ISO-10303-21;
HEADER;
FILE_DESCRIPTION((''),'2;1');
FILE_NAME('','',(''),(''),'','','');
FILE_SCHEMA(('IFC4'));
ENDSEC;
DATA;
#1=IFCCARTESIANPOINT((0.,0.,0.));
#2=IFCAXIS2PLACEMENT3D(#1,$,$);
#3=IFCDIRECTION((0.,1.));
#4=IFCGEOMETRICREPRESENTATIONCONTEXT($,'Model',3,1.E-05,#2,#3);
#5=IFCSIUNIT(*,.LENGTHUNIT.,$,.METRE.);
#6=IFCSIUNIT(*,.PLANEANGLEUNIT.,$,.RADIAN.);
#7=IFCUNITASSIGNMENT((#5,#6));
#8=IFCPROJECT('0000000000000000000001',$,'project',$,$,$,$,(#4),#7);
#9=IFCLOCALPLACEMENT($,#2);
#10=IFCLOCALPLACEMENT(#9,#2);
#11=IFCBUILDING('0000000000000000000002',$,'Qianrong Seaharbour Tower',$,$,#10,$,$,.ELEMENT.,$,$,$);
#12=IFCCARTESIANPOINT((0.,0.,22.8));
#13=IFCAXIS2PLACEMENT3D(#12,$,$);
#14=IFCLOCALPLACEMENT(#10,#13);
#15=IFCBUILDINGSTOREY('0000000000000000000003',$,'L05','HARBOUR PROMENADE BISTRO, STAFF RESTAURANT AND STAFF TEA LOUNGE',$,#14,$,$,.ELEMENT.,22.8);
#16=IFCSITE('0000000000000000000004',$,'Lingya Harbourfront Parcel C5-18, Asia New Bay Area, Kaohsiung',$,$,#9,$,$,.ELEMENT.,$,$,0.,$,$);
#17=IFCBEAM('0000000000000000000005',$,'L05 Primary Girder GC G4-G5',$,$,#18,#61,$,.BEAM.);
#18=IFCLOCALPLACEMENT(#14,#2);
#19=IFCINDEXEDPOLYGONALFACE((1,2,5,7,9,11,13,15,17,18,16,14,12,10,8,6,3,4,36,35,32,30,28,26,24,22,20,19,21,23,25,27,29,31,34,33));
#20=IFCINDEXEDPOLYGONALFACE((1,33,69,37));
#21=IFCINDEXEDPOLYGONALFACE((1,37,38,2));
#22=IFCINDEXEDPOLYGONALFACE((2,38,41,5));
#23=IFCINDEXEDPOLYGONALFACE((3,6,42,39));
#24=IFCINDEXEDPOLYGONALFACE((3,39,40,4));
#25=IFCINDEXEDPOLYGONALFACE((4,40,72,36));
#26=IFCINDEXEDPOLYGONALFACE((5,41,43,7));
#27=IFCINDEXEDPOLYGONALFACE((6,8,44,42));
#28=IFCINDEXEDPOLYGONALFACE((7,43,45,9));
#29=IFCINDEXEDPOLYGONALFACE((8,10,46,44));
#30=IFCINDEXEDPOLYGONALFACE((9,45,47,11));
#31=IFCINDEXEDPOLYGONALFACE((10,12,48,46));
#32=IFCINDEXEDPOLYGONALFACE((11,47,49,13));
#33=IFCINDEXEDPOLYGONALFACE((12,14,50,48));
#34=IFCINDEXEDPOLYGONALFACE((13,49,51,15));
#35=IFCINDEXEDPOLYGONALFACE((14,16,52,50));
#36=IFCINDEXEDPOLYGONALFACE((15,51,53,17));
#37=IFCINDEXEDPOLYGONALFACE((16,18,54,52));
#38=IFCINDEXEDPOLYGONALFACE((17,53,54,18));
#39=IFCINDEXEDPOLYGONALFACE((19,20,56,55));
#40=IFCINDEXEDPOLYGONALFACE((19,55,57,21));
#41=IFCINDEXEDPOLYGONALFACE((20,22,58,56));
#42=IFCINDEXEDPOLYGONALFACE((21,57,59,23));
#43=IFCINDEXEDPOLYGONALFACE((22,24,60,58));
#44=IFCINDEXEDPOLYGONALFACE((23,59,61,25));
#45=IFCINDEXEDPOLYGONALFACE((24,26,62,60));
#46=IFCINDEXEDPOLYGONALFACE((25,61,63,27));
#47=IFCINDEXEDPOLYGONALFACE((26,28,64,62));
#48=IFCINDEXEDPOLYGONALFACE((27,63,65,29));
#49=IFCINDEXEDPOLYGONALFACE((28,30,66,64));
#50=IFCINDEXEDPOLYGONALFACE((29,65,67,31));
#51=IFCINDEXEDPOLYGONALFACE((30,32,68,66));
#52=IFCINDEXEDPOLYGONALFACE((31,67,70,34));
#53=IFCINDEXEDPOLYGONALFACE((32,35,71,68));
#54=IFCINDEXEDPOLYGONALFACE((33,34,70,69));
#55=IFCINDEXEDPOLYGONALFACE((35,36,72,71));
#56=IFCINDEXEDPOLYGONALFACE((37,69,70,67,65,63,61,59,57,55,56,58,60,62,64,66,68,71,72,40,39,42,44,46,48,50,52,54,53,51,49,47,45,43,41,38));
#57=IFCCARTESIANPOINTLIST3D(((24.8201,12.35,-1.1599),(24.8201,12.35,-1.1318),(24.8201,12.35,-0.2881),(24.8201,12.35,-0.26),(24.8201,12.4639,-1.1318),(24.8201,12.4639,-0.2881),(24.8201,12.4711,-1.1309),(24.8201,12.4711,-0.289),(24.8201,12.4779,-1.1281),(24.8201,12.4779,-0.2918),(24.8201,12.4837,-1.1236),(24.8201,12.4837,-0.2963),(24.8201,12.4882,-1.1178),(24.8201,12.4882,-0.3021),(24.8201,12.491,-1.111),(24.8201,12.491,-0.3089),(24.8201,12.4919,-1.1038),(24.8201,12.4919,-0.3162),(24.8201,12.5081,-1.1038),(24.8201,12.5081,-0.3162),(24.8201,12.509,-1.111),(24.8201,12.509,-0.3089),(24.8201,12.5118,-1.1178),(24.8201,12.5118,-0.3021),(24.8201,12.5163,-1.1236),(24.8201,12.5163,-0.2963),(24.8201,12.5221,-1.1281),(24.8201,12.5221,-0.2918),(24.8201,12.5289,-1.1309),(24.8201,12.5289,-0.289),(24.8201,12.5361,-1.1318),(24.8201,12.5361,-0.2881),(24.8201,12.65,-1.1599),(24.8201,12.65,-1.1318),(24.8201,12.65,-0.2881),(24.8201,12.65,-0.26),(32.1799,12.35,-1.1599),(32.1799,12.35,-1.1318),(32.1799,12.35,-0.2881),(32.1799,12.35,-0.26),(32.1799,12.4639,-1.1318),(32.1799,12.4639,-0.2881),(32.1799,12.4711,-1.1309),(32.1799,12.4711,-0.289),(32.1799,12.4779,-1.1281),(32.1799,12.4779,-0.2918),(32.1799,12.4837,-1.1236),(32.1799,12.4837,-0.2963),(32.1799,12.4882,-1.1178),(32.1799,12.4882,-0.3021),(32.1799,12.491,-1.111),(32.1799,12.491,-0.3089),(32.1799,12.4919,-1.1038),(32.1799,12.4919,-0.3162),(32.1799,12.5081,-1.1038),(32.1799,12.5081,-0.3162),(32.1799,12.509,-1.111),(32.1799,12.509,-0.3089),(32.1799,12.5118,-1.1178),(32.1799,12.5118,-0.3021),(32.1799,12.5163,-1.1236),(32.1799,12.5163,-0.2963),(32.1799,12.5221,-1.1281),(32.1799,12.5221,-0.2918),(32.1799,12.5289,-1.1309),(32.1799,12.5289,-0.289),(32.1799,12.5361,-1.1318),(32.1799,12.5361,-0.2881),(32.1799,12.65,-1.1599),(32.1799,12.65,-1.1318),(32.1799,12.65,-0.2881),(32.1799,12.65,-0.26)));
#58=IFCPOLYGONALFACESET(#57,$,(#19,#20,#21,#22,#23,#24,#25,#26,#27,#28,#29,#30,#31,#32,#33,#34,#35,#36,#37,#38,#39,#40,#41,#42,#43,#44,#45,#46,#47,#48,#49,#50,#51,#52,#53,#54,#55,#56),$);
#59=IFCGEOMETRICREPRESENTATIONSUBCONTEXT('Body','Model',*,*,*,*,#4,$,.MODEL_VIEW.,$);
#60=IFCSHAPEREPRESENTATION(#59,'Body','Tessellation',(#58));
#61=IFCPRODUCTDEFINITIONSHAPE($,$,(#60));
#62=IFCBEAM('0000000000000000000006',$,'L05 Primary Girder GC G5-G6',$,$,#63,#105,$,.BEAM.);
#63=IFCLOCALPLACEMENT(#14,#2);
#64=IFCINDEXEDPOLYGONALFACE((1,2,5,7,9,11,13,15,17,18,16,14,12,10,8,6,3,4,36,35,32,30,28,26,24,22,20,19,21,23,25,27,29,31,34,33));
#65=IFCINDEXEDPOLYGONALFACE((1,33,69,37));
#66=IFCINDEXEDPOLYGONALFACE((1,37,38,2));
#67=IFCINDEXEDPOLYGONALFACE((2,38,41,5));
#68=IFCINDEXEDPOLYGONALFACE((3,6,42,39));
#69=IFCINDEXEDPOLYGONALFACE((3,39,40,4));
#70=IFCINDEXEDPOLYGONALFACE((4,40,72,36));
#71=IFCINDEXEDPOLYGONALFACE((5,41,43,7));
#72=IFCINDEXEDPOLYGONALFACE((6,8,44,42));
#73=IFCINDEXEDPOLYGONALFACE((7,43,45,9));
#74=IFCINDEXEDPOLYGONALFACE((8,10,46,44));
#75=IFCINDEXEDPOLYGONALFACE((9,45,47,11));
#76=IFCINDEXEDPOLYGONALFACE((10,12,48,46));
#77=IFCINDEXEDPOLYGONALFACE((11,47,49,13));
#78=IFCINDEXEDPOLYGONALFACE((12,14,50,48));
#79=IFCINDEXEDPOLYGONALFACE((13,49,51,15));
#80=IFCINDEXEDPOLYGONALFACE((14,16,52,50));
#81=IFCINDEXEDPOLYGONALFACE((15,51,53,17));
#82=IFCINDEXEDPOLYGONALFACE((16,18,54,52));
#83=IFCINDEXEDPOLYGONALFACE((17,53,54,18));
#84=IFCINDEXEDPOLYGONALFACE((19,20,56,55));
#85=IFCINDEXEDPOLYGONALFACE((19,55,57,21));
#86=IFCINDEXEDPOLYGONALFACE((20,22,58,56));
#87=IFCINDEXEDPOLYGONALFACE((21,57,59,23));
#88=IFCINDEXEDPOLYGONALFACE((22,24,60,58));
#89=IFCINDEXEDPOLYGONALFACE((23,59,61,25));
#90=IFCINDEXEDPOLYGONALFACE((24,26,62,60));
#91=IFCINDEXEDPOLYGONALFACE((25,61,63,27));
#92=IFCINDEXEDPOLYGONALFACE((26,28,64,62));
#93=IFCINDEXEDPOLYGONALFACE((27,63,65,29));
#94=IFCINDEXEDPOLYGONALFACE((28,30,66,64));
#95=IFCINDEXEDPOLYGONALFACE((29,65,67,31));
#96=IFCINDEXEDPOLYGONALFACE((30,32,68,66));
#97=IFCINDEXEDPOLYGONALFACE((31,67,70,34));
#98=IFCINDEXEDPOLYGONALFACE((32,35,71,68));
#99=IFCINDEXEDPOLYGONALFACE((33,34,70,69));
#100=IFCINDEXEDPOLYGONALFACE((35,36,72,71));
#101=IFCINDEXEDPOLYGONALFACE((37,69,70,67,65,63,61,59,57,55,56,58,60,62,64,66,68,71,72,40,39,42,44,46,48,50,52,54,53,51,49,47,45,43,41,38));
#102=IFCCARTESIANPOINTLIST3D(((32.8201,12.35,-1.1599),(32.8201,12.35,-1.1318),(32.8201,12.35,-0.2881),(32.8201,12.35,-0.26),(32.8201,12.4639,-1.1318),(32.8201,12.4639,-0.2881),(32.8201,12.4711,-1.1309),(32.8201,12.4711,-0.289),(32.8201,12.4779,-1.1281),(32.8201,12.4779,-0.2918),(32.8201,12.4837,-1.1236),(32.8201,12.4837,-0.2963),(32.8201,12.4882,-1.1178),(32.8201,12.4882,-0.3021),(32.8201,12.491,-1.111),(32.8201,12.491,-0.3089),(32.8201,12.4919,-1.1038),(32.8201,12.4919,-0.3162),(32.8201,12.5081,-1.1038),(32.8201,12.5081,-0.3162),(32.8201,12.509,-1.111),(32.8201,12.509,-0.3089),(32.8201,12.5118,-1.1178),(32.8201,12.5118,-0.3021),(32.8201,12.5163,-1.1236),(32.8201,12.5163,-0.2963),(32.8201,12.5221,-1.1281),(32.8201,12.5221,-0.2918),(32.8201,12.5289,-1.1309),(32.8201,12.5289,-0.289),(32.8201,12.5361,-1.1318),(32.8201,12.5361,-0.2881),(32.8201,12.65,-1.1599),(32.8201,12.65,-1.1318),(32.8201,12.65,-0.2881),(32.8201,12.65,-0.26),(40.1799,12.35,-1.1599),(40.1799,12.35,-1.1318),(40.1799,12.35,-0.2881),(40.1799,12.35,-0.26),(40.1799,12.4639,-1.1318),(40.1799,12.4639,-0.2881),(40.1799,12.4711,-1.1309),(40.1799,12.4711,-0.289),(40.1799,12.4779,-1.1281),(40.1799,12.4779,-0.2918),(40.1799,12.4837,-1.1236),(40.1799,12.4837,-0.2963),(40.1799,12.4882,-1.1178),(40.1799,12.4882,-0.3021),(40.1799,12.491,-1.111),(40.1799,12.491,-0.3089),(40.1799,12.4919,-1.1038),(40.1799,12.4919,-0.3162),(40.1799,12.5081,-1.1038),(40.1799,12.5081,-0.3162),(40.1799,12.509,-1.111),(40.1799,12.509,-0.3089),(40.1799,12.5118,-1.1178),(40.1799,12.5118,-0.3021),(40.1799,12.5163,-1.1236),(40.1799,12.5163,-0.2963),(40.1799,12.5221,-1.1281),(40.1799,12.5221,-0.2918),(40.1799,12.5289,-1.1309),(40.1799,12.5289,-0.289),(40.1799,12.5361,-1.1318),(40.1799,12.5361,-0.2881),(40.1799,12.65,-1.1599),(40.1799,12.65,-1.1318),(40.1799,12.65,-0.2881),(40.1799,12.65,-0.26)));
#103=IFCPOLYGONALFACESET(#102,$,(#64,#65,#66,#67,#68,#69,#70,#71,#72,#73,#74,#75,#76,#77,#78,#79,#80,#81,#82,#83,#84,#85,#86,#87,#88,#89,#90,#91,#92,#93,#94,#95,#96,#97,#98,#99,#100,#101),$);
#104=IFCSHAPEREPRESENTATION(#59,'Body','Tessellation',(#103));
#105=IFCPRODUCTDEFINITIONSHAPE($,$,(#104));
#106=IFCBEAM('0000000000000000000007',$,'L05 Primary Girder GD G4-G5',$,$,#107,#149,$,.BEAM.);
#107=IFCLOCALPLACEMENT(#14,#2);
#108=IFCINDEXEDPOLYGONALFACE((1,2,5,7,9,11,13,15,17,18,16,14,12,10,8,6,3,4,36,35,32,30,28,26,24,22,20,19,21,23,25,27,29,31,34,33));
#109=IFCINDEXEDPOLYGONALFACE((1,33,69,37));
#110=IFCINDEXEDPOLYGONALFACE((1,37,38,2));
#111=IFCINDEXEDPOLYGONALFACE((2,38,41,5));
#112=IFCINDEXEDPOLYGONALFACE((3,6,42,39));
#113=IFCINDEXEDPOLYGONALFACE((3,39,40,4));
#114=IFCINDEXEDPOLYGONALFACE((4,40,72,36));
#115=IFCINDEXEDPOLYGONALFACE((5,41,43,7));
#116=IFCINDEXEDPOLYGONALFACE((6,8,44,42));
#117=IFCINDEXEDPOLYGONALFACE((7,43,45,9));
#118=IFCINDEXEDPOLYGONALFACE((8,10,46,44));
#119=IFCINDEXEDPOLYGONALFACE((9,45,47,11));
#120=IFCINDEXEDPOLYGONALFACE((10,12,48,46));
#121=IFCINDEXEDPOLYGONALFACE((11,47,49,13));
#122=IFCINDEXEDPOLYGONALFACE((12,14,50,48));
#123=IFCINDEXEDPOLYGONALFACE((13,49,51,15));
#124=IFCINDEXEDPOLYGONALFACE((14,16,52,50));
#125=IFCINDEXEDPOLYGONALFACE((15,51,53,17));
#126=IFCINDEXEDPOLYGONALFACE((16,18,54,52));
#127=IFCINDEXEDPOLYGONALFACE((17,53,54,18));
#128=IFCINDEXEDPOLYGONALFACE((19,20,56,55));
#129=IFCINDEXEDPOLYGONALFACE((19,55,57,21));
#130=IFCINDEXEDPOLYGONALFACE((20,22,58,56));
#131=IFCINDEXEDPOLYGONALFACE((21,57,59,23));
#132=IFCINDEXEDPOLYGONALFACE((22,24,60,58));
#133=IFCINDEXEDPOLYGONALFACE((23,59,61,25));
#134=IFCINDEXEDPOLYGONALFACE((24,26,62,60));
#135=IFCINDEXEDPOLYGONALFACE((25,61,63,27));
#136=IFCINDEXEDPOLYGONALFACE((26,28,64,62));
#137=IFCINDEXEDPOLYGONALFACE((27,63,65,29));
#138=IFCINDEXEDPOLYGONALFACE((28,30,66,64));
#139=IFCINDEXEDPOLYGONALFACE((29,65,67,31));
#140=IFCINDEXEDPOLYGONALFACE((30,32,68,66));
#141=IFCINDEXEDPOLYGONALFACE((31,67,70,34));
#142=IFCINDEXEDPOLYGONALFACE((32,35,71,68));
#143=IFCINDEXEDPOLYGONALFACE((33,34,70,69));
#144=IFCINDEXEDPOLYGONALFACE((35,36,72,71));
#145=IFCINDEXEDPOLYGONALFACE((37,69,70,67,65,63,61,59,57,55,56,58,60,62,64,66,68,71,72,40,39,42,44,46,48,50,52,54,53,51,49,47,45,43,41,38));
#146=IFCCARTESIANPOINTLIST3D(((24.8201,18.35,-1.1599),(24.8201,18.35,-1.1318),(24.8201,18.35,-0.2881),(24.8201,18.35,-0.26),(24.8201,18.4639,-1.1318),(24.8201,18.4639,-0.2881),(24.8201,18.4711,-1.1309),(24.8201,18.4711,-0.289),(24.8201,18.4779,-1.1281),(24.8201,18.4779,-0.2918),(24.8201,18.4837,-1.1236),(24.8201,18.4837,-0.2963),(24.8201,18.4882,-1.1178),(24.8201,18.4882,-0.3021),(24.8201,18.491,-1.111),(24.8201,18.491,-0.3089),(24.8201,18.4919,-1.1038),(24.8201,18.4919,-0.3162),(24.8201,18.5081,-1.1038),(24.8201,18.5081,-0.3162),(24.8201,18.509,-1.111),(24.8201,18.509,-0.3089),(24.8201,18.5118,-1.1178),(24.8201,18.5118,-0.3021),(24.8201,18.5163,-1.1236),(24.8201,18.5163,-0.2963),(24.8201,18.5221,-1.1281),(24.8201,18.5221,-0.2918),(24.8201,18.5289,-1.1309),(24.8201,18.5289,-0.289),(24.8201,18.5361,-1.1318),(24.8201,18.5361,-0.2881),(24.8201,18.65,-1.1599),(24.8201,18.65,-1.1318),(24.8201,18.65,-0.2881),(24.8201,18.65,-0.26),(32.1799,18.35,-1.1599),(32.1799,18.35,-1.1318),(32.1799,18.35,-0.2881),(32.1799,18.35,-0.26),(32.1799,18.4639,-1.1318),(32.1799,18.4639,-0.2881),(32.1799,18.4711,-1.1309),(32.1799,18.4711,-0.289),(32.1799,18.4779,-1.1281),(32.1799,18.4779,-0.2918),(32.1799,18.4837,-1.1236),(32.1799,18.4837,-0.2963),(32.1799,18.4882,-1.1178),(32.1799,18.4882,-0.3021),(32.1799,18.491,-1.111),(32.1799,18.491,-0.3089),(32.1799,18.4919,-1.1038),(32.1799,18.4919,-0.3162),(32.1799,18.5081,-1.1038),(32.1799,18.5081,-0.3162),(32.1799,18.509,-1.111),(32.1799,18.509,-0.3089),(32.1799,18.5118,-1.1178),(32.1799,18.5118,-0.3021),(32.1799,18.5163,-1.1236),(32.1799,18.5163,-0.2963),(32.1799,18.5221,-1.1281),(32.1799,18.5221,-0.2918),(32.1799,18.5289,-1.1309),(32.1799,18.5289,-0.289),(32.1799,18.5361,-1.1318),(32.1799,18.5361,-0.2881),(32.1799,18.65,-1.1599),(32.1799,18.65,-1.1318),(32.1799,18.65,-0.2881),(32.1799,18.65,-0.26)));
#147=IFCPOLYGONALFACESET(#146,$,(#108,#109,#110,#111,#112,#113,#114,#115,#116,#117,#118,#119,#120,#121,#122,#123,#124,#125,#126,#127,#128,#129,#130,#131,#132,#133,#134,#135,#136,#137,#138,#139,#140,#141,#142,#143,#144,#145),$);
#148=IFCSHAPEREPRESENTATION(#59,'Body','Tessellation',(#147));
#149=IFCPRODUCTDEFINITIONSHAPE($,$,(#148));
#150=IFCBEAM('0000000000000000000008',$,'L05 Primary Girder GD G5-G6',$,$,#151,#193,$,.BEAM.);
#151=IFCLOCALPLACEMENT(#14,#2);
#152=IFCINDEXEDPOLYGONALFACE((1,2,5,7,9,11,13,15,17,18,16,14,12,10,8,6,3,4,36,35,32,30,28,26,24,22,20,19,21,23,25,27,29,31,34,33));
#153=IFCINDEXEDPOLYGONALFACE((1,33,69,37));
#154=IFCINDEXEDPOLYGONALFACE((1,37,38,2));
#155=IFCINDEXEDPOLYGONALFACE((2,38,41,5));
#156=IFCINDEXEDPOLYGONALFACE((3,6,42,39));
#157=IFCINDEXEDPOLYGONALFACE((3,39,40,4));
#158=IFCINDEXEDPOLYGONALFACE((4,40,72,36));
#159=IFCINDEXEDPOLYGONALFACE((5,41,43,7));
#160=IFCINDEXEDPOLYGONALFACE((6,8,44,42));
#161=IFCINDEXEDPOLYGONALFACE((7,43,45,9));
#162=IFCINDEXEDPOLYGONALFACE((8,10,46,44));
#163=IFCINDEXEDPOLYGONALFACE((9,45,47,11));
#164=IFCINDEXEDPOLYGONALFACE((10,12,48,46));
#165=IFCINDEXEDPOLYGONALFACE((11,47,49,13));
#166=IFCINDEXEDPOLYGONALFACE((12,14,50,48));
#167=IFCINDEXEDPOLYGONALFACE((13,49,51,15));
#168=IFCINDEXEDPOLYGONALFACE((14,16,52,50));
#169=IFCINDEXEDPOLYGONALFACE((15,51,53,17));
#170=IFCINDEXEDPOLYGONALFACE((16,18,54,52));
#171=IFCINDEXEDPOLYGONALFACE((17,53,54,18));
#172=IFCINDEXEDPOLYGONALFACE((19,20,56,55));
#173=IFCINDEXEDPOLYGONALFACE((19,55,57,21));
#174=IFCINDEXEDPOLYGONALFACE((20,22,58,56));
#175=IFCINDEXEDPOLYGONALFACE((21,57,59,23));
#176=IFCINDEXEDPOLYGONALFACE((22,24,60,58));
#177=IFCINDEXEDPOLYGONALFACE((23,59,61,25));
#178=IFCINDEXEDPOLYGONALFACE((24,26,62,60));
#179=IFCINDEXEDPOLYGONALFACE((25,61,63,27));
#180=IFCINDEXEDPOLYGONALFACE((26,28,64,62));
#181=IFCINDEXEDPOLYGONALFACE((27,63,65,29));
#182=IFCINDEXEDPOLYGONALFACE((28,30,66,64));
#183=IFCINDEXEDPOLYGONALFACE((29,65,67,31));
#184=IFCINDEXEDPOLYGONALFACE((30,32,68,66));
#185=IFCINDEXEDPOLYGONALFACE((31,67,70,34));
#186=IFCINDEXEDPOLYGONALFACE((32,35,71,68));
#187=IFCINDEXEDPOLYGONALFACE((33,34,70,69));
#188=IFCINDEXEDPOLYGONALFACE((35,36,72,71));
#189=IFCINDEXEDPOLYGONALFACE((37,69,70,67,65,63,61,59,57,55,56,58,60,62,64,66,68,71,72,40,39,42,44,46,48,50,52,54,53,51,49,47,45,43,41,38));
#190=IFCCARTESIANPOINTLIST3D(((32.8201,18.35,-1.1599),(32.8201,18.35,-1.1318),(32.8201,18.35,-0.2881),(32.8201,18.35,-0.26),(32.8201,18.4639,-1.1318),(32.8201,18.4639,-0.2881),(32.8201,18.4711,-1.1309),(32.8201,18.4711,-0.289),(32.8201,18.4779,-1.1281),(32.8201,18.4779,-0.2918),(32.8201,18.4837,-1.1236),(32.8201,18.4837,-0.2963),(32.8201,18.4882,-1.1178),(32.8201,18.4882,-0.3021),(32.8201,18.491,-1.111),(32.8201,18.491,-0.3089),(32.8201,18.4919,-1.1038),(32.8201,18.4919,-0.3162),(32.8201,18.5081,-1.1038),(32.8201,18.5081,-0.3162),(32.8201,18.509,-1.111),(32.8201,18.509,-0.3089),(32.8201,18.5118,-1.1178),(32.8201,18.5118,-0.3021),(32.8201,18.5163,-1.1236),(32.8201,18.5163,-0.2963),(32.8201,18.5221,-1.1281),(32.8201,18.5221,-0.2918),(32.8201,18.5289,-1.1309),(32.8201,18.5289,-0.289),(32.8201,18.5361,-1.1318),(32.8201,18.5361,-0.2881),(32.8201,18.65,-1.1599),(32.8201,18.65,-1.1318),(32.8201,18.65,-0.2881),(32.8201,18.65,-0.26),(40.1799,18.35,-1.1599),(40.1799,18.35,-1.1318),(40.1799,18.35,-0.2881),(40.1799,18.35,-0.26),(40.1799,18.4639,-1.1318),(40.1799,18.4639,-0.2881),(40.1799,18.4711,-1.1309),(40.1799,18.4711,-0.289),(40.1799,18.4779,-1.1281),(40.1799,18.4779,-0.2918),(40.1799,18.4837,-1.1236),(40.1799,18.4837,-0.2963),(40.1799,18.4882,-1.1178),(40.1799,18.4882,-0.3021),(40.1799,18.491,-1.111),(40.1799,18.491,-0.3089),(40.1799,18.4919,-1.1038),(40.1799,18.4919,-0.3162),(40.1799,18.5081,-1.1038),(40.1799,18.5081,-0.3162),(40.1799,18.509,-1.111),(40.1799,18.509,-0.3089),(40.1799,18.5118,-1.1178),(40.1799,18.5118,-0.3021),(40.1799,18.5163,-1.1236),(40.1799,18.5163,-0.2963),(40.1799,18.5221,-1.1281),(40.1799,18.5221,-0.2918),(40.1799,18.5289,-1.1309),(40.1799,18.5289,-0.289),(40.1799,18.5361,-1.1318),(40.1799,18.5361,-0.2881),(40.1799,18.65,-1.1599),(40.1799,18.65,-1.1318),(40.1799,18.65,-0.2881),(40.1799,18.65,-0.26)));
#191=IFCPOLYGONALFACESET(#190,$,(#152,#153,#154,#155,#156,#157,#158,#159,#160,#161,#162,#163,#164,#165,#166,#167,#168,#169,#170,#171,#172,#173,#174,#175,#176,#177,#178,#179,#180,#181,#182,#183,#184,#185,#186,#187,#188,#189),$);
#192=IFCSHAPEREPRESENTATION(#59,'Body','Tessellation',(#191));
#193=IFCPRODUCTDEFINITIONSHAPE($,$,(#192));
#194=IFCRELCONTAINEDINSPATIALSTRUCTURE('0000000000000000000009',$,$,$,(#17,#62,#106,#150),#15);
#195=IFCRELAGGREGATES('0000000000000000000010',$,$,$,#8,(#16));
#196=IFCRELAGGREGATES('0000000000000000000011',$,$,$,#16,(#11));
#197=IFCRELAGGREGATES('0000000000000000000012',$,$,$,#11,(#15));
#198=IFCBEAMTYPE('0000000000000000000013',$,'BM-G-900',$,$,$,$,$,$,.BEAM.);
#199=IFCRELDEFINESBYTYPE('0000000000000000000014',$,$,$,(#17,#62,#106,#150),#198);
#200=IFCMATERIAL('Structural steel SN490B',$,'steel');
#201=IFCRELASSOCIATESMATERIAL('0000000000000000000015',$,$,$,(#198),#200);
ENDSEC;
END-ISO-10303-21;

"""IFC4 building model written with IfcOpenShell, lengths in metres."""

from ifc_helpers import new_model, si_unit, direction, frame, origin, origin_2d, place, context, subcontext, project, spatial, i_section, extrude, material, material_profile, profile_set, type_object, element, save


model = new_model("IFC4")

# Units and contexts
model_context = context("Model", 3, precision=1e-05, world=origin(), true_north=direction((0.0, 1.0)))
body_context = subcontext(model_context, "Body", "Model", "MODEL_VIEW")
ifc_project = project(units=[si_unit("LENGTHUNIT", "METRE"), si_unit("PLANEANGLEUNIT", "RADIAN")], contexts=[model_context])

# Site, building, storey
site_placement = place(None, origin())
site = spatial("IfcSite", under=ifc_project, at=site_placement, Name="Lingya Harbourfront Parcel C5-18, Asia New Bay Area, Kaohsiung", CompositionType="ELEMENT", RefElevation=0.0)
building_placement = place(site_placement, origin())
building = spatial("IfcBuilding", under=site, at=building_placement, Name="Qianrong Seaharbour Tower", CompositionType="ELEMENT")
storey_placement = place(building_placement, frame((0.0, 0.0, 22.8)))
storey = spatial("IfcBuildingStorey", under=building, at=storey_placement, Name="L05", Description="HARBOUR PROMENADE BISTRO, STAFF RESTAURANT AND STAFF TEA LOUNGE", CompositionType="ELEMENT", Elevation=22.8)

# Shared definitions
ifc_material_1 = material(Name="Structural steel SN490B", Category="steel")

# Beams
ifc_material_profile_1 = material_profile(ifc_material_1, i_section(OverallWidth=0.3, OverallDepth=0.8999, WebThickness=0.0161, FlangeThickness=0.0281, FilletRadius=0.0281, at=origin_2d()), Name="H900x300x16x28")
ifc_profile_set_1 = profile_set([ifc_material_profile_1], Name="Structural steel SN490B")
beam_type_1 = type_object("IfcBeamType", Name="BM-G-900", PredefinedType="BEAM", material=ifc_profile_set_1)
for number, where, z_axis, x_axis, name in (
    (1, (24.8201, 12.5, -0.71), (1.0, 0.0, 0.0), (0.0, 1.0, 0.0), "L05 Primary Girder GC G4-G5"),
    (2, (32.8201, 12.5, -0.71), (1.0, 0.0, 0.0), (0.0, 1.0, 0.0), "L05 Primary Girder GC G5-G6"),
    (3, (24.8201, 18.5, -0.71), (1.0, 0.0, 0.0), (0.0, 1.0, 0.0), "L05 Primary Girder GD G4-G5"),
    (4, (32.8201, 18.5, -0.71), (1.0, 0.0, 0.0), (0.0, 1.0, 0.0), "L05 Primary Girder GD G5-G6"),
):
    element("IfcBeam", number, at=place(storey_placement, frame(where, z_axis=z_axis, x_axis=x_axis)), inside=storey, type_object=beam_type_1, Name=name, PredefinedType="BEAM", context=body_context, shape_type="SweptSolid", body=[
        extrude(i_section(OverallWidth=0.3, OverallDepth=0.8999, WebThickness=0.0161, FlangeThickness=0.0281, FilletRadius=0.0281, at=origin_2d()), origin(), (0.0, 0.0, 1.0), 7.3599),
    ])

save(model, "model.ifc")
